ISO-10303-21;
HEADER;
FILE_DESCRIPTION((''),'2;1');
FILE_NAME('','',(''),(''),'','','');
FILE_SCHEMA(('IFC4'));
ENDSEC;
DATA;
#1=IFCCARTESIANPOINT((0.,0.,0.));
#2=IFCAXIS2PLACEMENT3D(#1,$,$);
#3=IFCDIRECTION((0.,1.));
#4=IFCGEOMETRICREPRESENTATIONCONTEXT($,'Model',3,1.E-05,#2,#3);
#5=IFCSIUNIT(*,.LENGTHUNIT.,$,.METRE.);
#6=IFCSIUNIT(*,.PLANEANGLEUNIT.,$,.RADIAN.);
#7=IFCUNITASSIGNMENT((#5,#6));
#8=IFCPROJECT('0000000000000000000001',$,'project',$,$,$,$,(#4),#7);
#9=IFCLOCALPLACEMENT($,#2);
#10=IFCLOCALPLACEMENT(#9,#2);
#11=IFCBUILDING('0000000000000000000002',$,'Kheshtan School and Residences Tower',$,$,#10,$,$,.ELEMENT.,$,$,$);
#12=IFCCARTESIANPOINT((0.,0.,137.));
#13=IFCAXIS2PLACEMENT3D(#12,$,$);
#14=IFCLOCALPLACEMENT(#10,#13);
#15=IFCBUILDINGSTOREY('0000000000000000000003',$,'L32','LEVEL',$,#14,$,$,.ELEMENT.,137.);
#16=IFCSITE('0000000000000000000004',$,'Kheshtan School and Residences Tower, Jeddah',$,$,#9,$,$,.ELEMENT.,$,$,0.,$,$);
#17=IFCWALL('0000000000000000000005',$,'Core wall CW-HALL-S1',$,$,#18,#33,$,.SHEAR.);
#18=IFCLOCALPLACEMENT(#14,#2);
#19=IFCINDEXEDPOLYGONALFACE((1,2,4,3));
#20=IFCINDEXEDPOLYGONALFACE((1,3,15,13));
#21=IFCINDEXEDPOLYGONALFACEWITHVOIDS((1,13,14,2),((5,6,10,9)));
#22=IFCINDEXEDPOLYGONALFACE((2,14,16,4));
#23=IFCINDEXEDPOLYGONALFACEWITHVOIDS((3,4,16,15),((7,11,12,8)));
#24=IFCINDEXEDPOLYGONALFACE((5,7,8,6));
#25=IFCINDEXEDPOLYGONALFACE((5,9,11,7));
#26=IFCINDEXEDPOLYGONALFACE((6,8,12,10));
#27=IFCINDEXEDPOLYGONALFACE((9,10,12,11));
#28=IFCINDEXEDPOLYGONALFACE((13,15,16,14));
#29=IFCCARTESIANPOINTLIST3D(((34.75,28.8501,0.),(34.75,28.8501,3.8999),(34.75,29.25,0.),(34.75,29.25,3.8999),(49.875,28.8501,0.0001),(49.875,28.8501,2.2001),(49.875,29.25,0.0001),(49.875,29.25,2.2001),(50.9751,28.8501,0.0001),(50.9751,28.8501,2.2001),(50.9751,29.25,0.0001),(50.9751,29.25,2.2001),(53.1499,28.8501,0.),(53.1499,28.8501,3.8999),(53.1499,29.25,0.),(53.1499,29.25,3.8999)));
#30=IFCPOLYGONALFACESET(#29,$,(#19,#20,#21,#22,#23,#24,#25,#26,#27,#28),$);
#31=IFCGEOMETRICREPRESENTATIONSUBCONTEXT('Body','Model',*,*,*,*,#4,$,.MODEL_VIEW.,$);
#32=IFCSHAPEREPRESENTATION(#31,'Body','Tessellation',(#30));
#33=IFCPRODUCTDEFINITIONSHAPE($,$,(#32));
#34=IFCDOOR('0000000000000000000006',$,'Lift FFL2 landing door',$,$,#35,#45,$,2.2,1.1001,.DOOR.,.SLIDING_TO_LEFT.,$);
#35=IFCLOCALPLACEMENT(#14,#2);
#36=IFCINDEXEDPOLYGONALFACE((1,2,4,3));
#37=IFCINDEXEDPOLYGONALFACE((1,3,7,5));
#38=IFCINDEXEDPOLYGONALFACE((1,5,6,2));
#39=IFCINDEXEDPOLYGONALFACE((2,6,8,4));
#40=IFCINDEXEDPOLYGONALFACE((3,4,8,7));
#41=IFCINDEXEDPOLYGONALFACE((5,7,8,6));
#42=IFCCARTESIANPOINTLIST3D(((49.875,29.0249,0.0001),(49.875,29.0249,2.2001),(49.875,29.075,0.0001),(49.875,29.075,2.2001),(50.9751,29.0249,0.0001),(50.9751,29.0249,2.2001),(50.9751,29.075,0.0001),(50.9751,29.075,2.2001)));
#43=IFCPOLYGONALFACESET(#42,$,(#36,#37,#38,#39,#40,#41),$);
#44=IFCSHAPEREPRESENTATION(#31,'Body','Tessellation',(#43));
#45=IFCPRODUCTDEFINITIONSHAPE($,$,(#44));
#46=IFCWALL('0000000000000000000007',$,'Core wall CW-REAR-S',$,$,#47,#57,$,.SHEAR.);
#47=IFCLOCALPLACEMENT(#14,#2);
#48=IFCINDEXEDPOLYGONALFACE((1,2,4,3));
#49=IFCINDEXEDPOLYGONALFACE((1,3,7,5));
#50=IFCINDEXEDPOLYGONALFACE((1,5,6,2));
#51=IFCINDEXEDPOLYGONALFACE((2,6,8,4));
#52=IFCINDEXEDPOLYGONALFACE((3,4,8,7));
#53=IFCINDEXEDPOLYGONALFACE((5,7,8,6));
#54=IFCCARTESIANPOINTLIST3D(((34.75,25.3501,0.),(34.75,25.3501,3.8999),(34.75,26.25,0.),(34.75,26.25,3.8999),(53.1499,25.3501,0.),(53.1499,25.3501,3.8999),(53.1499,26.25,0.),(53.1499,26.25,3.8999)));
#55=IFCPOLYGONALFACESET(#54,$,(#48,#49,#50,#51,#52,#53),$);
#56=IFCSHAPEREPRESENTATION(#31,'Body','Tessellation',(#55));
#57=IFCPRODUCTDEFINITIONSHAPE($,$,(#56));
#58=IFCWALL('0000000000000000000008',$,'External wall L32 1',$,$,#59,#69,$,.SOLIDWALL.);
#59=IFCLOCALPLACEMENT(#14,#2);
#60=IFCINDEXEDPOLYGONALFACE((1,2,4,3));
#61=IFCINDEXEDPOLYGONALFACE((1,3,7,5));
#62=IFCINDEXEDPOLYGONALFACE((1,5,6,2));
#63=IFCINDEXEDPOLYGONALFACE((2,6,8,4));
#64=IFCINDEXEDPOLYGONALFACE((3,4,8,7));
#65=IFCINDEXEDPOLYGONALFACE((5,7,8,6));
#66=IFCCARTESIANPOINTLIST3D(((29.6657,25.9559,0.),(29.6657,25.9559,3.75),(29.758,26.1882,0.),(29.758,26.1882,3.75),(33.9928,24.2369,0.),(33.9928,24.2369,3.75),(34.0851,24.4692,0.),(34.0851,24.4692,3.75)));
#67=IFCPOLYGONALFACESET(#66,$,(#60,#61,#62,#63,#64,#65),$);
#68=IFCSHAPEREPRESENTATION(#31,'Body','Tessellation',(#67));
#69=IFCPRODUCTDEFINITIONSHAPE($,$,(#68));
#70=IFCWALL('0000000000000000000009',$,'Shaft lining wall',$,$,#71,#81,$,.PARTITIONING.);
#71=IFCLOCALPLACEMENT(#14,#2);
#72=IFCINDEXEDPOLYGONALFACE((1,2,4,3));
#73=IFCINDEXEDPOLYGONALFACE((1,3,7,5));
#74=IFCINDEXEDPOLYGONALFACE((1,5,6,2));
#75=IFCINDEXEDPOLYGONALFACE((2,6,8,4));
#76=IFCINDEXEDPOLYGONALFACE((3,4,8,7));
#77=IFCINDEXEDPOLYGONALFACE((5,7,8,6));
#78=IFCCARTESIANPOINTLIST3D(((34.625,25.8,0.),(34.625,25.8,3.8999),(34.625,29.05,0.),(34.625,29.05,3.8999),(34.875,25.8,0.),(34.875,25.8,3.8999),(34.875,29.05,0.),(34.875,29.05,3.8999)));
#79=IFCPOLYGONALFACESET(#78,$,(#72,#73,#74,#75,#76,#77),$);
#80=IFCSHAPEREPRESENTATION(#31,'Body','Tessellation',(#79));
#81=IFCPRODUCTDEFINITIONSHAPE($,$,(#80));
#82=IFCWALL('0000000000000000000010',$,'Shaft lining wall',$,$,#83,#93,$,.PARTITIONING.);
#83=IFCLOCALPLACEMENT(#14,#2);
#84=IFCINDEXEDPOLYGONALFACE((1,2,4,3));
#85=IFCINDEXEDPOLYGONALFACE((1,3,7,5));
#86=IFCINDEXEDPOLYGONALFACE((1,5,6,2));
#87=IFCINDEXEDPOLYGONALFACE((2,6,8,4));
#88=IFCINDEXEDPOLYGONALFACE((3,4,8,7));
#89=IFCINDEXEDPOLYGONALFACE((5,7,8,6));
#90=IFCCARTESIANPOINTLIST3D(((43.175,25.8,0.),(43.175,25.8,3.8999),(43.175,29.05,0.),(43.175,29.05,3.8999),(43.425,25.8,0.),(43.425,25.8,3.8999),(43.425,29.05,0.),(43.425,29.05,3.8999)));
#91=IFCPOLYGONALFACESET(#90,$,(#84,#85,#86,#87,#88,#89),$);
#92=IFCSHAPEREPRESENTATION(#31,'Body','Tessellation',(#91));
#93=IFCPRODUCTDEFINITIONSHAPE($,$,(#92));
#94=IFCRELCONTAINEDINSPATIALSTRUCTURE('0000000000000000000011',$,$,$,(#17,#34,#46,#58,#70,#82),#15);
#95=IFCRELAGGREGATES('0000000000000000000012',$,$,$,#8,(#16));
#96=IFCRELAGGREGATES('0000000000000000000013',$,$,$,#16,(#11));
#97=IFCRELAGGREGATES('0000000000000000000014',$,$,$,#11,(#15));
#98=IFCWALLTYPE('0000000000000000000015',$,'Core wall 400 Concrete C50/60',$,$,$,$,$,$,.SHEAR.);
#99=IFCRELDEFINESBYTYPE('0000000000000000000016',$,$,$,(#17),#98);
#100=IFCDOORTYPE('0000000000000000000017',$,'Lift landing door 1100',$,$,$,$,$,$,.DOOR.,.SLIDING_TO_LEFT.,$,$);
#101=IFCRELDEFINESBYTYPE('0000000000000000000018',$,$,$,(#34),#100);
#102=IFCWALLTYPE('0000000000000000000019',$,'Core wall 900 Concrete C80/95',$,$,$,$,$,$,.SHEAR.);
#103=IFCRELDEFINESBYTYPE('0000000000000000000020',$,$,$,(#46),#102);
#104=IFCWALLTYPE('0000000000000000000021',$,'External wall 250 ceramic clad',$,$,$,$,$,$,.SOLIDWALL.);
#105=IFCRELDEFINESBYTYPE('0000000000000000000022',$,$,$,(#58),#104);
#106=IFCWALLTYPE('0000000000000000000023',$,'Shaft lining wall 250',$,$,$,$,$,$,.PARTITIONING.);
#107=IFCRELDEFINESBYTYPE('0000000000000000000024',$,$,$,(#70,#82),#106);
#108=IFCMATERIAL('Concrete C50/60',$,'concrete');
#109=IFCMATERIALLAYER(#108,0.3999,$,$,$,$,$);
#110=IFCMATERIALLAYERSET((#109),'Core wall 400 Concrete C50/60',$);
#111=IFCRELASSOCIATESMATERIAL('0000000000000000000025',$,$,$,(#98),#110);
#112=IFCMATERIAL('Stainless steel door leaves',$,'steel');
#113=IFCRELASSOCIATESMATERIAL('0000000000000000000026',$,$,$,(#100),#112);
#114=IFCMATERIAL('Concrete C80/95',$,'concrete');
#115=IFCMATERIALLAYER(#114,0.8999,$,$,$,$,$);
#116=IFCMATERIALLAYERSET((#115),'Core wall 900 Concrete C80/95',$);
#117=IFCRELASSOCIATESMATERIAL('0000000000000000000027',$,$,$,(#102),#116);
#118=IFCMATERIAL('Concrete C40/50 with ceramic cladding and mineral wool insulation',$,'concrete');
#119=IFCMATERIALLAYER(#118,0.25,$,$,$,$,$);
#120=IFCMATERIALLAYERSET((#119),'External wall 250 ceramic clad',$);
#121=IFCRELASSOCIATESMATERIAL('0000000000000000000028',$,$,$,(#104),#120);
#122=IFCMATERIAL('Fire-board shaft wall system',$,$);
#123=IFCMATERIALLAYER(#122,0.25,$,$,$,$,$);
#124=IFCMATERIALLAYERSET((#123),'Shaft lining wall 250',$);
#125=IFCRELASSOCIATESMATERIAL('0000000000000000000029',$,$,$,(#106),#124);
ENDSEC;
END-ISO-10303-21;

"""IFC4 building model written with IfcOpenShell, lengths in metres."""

from ifc_helpers import new_model, si_unit, direction, frame, frame_2d, origin, place, context, subcontext, project, spatial, rectangle, extrude, source, transform, mapped, material, layer, layer_set, type_object, element, fill, save


model = new_model("IFC4")

# Units and contexts
model_context = context("Model", 3, precision=1e-05, world=origin(), true_north=direction((0.0, 1.0)))
body_context = subcontext(model_context, "Body", "Model", "MODEL_VIEW")
ifc_project = project(units=[si_unit("LENGTHUNIT", "METRE"), si_unit("PLANEANGLEUNIT", "RADIAN")], contexts=[model_context])

# Site, building, storey
site_placement = place(None, origin())
site = spatial("IfcSite", under=ifc_project, at=site_placement, Name="Kheshtan School and Residences Tower, Jeddah", CompositionType="ELEMENT", RefElevation=0.0)
building_placement = place(site_placement, origin())
building = spatial("IfcBuilding", under=site, at=building_placement, Name="Kheshtan School and Residences Tower", CompositionType="ELEMENT")
storey_placement = place(building_placement, frame((0.0, 0.0, 137.0)))
storey = spatial("IfcBuildingStorey", under=building, at=storey_placement, Name="L32", Description="LEVEL", CompositionType="ELEMENT", Elevation=137.0)

# Wall, opening, door
ifc_material_1 = material(Name="Concrete C50/60", Category="concrete")
ifc_layer_1 = layer(ifc_material_1, 0.3999)
ifc_layer_set_1 = layer_set([ifc_layer_1], Name="Core wall 400 Concrete C50/60")
wall_type_1 = type_object("IfcWallType", Name="Core wall 400 Concrete C50/60", PredefinedType="SHEAR", material=ifc_layer_set_1)
wall_1_placement = place(storey_placement, frame((34.75, 29.05, 0.0), z_axis=(0.0, 0.0, 1.0), x_axis=(1.0, 0.0, 0.0)))
wall_1 = element("IfcWall", 1, at=wall_1_placement, inside=storey, type_object=wall_type_1, Name="Core wall CW-HALL-S1", PredefinedType="SHEAR", context=body_context, shape_type="SweptSolid", body=[
    extrude(rectangle(XDim=18.3999, YDim=0.3999, at=frame_2d((9.2, 0.0))), origin(), (0.0, 0.0, 1.0), 3.8999),
])
opening_placement = place(wall_1_placement, frame((15.125, 0.0, 0.0)))
opening = element("IfcOpeningElement", 2, at=opening_placement, cuts=wall_1, PredefinedType="OPENING", context=body_context, shape_type="SweptSolid", body=[
    extrude(rectangle(XDim=1.1001, YDim=2.2, at=frame_2d((0.55, 1.1001))), frame((0.0, 0.21, 0.0), z_axis=(0.0, -1.0, 0.0), x_axis=(1.0, 0.0, 0.0)), (0.0, 0.0, 1.0), 0.4199),
])
ifc_material_2 = material(Name="Stainless steel door leaves", Category="steel")
door_type = type_object("IfcDoorType", Name="Lift landing door 1100", OperationType="SLIDING_TO_LEFT", PredefinedType="DOOR", material=ifc_material_2)
shared_shape = source(origin(), body_context, "Body", "SweptSolid", [
    extrude(rectangle(XDim=1.1001, YDim=2.2, at=frame_2d((0.55, 1.1001))), frame((0.0, 0.0249, 0.0), z_axis=(0.0, -1.0, 0.0), x_axis=(1.0, 0.0, 0.0)), (0.0, 0.0, 1.0), 0.05),
])
door_placement = place(opening_placement, origin())
door = element("IfcDoor", 3, at=door_placement, inside=storey, type_object=door_type, Name="Lift FFL2 landing door", OperationType="SLIDING_TO_LEFT", OverallHeight=2.2, OverallWidth=1.1001, PredefinedType="DOOR", context=body_context, shape_type="MappedRepresentation", body=[
    mapped(shared_shape, transform((0.0, 0.0, 0.0), x_axis=(1.0, 0.0, 0.0), y_axis=(0.0, 1.0, 0.0), z_axis=(0.0, 0.0, 1.0), scale=1.0)),
])
fill(opening, door)

# Walls
ifc_material_3 = material(Name="Concrete C80/95", Category="concrete")
ifc_layer_2 = layer(ifc_material_3, 0.8999)
ifc_layer_set_2 = layer_set([ifc_layer_2], Name="Core wall 900 Concrete C80/95")
wall_type_2 = type_object("IfcWallType", Name="Core wall 900 Concrete C80/95", PredefinedType="SHEAR", material=ifc_layer_set_2)
wall_2_placement = place(storey_placement, frame((34.75, 25.8, 0.0), z_axis=(0.0, 0.0, 1.0), x_axis=(1.0, 0.0, 0.0)))
element("IfcWall", 4, at=wall_2_placement, inside=storey, type_object=wall_type_2, Name="Core wall CW-REAR-S", PredefinedType="SHEAR", context=body_context, shape_type="SweptSolid", body=[
    extrude(rectangle(XDim=18.3999, YDim=0.8999, at=frame_2d((9.2, 0.0))), origin(), (0.0, 0.0, 1.0), 3.8999),
])
ifc_material_4 = material(Name="Concrete C40/50 with ceramic cladding and mineral wool insulation", Category="concrete")
ifc_layer_3 = layer(ifc_material_4, 0.25)
ifc_layer_set_3 = layer_set([ifc_layer_3], Name="External wall 250 ceramic clad")
wall_type_3 = type_object("IfcWallType", Name="External wall 250 ceramic clad", PredefinedType="SOLIDWALL", material=ifc_layer_set_3)
wall_3_placement = place(storey_placement, frame((34.0391, 24.353, 0.0), z_axis=(0.0, 0.0, 1.0), x_axis=(-0.929353, 0.369193, 0.0)))
element("IfcWall", 5, at=wall_3_placement, inside=storey, type_object=wall_type_3, Name="External wall L32 1", PredefinedType="SOLIDWALL", context=body_context, shape_type="SweptSolid", body=[
    extrude(rectangle(XDim=4.656, YDim=0.25, at=frame_2d((2.3281, 0.0))), origin(), (0.0, 0.0, 1.0), 3.75),
])
ifc_material_5 = material(Name="Fire-board shaft wall system")
ifc_layer_4 = layer(ifc_material_5, 0.25)
ifc_layer_set_4 = layer_set([ifc_layer_4], Name="Shaft lining wall 250")
wall_type_4 = type_object("IfcWallType", Name="Shaft lining wall 250", PredefinedType="PARTITIONING", material=ifc_layer_set_4)
for number, where, z_axis, x_axis, name in (
    (6, (34.75, 25.8, 0.0), (0.0, 0.0, 1.0), (0.0, 1.0, 0.0), "Shaft lining wall"),
    (7, (43.3, 25.8, 0.0), (0.0, 0.0, 1.0), (0.0, 1.0, 0.0), "Shaft lining wall"),
):
    element("IfcWall", number, at=place(storey_placement, frame(where, z_axis=z_axis, x_axis=x_axis)), inside=storey, type_object=wall_type_4, Name=name, PredefinedType="PARTITIONING", context=body_context, shape_type="SweptSolid", body=[
        extrude(rectangle(XDim=3.25, YDim=0.25, at=frame_2d((1.625, 0.0))), origin(), (0.0, 0.0, 1.0), 3.8999),
    ])

save(model, "model.ifc")
